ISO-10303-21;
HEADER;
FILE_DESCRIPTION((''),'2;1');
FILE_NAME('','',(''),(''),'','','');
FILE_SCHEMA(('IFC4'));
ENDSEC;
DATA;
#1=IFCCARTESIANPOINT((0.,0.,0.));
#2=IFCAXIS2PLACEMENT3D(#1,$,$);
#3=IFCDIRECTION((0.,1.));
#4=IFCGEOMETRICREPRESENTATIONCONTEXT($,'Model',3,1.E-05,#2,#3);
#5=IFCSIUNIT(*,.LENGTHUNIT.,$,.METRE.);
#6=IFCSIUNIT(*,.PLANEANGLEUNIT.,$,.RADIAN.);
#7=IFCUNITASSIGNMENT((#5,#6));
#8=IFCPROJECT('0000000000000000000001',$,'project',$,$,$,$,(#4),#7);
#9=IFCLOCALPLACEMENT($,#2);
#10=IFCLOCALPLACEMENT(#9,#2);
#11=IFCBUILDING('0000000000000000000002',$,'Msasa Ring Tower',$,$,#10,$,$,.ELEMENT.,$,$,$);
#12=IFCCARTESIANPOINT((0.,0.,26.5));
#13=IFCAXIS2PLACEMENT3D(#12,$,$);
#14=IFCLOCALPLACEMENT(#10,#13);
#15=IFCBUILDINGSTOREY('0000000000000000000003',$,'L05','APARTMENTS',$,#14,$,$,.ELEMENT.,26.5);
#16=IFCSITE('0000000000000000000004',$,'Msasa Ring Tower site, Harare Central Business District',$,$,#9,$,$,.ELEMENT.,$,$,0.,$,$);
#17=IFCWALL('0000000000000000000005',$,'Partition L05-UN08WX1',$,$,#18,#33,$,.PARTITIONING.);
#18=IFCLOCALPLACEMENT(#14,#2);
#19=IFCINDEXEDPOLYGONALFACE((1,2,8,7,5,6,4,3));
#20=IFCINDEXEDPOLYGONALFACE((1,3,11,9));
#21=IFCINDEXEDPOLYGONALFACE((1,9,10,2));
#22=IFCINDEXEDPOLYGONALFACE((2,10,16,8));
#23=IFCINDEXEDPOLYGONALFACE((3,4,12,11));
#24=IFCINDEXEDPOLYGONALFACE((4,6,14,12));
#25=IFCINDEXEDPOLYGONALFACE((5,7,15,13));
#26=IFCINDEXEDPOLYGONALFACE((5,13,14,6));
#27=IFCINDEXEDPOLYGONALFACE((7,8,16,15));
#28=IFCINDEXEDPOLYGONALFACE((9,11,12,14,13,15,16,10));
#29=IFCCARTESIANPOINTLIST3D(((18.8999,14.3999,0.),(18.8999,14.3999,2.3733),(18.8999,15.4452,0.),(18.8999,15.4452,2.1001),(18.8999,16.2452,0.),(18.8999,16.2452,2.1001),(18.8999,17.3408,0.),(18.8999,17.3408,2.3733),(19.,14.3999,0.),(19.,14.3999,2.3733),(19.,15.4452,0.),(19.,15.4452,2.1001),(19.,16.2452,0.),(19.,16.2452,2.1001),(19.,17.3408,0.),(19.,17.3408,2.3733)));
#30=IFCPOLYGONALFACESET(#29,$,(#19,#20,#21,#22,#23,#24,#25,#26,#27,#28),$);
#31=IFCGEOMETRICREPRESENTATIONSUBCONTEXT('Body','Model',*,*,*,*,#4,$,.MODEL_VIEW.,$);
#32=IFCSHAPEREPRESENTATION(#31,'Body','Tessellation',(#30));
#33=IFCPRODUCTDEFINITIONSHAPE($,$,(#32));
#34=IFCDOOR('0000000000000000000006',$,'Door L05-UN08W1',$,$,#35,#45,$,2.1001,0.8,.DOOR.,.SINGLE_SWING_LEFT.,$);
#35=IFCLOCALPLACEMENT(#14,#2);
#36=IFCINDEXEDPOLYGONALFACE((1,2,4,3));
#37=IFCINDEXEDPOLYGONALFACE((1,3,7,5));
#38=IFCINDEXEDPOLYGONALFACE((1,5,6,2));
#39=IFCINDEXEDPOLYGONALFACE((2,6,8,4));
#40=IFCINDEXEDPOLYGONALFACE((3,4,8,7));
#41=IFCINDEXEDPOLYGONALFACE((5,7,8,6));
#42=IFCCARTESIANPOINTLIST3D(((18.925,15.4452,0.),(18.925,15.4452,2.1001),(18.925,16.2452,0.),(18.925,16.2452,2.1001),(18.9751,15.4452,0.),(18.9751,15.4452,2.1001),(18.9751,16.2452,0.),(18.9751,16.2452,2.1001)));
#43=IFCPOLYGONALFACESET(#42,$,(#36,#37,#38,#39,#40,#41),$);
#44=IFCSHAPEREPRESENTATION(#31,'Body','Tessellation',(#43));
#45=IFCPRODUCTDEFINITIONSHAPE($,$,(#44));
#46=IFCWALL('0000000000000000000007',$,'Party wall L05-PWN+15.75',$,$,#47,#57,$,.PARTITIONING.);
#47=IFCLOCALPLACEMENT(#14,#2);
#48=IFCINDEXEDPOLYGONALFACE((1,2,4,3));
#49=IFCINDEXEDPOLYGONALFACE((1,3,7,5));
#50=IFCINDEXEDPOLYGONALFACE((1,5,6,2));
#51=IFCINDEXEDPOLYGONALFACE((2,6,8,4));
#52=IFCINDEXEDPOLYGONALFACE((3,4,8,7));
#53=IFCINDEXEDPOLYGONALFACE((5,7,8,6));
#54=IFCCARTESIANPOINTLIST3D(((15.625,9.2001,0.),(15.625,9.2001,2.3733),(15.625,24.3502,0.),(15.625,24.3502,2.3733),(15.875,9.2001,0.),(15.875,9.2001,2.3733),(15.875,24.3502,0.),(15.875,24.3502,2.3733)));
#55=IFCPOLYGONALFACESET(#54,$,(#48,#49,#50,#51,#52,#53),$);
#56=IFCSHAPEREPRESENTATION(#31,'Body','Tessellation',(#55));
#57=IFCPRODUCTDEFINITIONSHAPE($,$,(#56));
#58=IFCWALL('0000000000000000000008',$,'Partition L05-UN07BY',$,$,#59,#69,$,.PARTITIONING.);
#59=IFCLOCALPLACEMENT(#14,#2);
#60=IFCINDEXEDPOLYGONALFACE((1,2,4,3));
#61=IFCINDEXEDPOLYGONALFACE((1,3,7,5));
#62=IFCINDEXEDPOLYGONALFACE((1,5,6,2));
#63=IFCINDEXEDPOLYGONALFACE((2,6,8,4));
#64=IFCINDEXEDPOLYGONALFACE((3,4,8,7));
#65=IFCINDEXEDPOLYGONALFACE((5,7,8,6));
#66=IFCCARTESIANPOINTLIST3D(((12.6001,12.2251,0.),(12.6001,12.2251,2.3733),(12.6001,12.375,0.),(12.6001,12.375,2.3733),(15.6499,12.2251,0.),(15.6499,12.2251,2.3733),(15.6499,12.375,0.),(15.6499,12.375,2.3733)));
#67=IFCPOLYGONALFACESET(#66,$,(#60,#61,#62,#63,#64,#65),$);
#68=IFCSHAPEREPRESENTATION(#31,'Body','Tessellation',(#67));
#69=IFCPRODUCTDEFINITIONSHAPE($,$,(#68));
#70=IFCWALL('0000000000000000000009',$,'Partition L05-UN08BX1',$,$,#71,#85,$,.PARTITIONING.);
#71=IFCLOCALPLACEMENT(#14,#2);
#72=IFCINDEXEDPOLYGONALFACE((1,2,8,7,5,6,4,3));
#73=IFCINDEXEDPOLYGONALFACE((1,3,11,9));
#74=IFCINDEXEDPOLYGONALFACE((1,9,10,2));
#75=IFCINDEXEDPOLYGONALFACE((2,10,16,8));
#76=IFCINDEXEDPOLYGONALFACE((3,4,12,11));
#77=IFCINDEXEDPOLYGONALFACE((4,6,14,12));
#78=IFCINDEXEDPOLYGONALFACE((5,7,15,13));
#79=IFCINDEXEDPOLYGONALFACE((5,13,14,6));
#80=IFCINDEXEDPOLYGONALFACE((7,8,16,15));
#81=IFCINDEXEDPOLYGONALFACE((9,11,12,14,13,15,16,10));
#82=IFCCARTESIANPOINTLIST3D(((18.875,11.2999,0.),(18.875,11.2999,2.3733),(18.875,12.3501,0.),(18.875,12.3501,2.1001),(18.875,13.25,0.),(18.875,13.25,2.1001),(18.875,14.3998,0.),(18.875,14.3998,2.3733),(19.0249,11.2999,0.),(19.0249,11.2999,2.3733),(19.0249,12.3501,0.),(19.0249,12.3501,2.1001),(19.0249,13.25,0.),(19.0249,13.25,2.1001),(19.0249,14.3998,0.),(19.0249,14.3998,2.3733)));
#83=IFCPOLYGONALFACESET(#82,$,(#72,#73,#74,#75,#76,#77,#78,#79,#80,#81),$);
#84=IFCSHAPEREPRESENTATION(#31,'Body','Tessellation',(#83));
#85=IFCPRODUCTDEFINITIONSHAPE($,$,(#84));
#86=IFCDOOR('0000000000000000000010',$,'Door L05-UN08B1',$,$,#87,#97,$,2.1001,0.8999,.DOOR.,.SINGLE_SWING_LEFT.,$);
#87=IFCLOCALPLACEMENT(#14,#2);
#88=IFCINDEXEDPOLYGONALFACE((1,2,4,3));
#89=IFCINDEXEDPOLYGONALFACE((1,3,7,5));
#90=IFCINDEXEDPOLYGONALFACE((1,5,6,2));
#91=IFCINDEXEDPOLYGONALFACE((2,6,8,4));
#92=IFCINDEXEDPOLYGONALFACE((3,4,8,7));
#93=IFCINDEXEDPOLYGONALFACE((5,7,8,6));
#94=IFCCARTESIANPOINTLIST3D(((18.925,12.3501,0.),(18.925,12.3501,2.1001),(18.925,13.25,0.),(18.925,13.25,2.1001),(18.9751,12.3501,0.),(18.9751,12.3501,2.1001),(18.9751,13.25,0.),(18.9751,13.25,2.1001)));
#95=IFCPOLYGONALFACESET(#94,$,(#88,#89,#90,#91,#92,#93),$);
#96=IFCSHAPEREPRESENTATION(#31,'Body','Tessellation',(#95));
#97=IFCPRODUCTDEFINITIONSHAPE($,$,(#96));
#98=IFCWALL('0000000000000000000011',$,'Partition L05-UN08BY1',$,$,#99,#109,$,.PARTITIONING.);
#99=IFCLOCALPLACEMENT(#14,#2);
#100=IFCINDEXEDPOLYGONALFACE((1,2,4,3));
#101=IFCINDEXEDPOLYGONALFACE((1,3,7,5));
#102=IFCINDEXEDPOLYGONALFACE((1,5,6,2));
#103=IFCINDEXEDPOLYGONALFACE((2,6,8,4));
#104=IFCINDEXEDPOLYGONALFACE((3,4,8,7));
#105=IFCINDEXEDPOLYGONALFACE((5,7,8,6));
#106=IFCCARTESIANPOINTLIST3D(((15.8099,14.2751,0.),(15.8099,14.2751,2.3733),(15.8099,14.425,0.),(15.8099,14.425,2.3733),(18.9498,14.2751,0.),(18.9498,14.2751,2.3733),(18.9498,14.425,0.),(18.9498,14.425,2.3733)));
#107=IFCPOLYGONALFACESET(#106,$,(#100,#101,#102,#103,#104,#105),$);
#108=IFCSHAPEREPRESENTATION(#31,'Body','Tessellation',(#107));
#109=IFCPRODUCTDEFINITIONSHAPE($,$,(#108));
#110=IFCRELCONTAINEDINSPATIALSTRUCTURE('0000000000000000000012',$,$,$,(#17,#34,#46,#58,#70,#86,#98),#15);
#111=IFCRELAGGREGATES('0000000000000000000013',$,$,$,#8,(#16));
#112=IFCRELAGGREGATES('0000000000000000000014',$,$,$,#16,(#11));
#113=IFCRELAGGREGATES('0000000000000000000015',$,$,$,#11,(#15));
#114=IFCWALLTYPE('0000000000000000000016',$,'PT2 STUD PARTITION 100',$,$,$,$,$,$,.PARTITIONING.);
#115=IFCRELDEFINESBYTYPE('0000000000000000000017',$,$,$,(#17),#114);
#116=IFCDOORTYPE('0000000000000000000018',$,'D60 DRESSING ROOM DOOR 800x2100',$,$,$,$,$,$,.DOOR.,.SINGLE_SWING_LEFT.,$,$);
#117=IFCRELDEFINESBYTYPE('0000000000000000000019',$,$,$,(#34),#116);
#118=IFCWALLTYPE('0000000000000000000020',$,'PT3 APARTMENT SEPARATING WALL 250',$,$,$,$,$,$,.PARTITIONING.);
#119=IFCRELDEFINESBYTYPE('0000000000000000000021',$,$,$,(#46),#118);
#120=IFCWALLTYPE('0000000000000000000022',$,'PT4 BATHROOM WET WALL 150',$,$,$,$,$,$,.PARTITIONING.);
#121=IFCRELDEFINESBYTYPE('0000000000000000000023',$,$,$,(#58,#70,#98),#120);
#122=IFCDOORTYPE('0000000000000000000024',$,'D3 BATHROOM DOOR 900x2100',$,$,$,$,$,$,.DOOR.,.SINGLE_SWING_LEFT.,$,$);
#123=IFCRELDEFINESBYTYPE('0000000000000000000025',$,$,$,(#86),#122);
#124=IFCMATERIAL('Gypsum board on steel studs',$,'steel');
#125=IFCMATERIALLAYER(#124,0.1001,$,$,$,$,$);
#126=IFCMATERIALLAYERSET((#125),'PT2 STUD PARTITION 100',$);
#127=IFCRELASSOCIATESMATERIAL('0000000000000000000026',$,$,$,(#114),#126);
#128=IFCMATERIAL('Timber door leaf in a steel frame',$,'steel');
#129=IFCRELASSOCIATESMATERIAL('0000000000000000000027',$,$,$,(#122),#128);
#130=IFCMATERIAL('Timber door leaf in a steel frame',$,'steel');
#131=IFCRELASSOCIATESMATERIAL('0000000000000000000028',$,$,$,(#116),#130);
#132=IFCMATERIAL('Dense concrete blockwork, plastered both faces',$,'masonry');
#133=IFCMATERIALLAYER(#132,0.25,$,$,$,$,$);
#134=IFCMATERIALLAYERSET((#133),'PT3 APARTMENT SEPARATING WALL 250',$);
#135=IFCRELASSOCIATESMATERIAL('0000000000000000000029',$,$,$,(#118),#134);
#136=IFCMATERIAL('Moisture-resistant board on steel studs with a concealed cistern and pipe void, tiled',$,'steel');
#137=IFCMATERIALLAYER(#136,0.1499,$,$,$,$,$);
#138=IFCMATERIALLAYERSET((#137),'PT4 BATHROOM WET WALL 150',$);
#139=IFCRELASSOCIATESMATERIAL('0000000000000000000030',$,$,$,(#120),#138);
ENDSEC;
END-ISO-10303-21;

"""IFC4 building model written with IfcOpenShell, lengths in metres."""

from ifc_helpers import new_model, si_unit, direction, frame, frame_2d, origin, place, context, subcontext, project, spatial, rectangle, extrude, material, layer, layer_set, type_object, element, fill, save


model = new_model("IFC4")

# Units and contexts
model_context = context("Model", 3, precision=1e-05, world=origin(), true_north=direction((0.0, 1.0)))
body_context = subcontext(model_context, "Body", "Model", "MODEL_VIEW")
ifc_project = project(units=[si_unit("LENGTHUNIT", "METRE"), si_unit("PLANEANGLEUNIT", "RADIAN")], contexts=[model_context])

# Site, building, storey
site_placement = place(None, origin())
site = spatial("IfcSite", under=ifc_project, at=site_placement, Name="Msasa Ring Tower site, Harare Central Business District", CompositionType="ELEMENT", RefElevation=0.0)
building_placement = place(site_placement, origin())
building = spatial("IfcBuilding", under=site, at=building_placement, Name="Msasa Ring Tower", CompositionType="ELEMENT")
storey_placement = place(building_placement, frame((0.0, 0.0, 26.5)))
storey = spatial("IfcBuildingStorey", under=building, at=storey_placement, Name="L05", Description="APARTMENTS", CompositionType="ELEMENT", Elevation=26.5)

# Shared definitions
ifc_material_1 = material(Name="Gypsum board on steel studs", Category="steel")
ifc_layer_1 = layer(ifc_material_1, 0.1001)
ifc_layer_set_1 = layer_set([ifc_layer_1], Name="PT2 STUD PARTITION 100")
wall_type_1 = type_object("IfcWallType", Name="PT2 STUD PARTITION 100", PredefinedType="PARTITIONING", material=ifc_layer_set_1)

# Shared definitions
ifc_material_2 = material(Name="Timber door leaf in a steel frame", Category="steel")
door_type_1 = type_object("IfcDoorType", Name="D3 BATHROOM DOOR 900x2100", OperationType="SINGLE_SWING_LEFT", PredefinedType="DOOR", material=ifc_material_2)

# Wall, opening, door
wall_1_placement = place(storey_placement, frame((18.95, 14.3999, 0.0), z_axis=(0.0, 0.0, 1.0), x_axis=(0.0, 1.0, 0.0)))
wall_1 = element("IfcWall", 1, at=wall_1_placement, inside=storey, type_object=wall_type_1, Name="Partition L05-UN08WX1", PredefinedType="PARTITIONING", context=body_context, shape_type="SweptSolid", body=[
    extrude(rectangle(XDim=2.9409, YDim=0.1001, at=frame_2d((1.4705, 0.0))), origin(), (0.0, 0.0, 1.0), 2.3733),
])
opening_1_placement = place(wall_1_placement, frame((1.0454, 0.0, 0.0)))
opening_1 = element("IfcOpeningElement", 2, at=opening_1_placement, cuts=wall_1, PredefinedType="OPENING", context=body_context, shape_type="SweptSolid", body=[
    extrude(rectangle(XDim=0.8, YDim=2.1001, at=frame_2d((0.3999, 1.05))), frame((0.0, 0.0601, 0.0), z_axis=(0.0, -1.0, 0.0), x_axis=(1.0, 0.0, 0.0)), (0.0, 0.0, 1.0), 0.1201),
])
ifc_material_3 = material(Name="Timber door leaf in a steel frame", Category="steel")
door_type_2 = type_object("IfcDoorType", Name="D60 DRESSING ROOM DOOR 800x2100", OperationType="SINGLE_SWING_LEFT", PredefinedType="DOOR", material=ifc_material_3)
door_1_placement = place(opening_1_placement, origin())
door_1 = element("IfcDoor", 3, at=door_1_placement, inside=storey, type_object=door_type_2, Name="Door L05-UN08W1", OperationType="SINGLE_SWING_LEFT", OverallHeight=2.1001, OverallWidth=0.8, PredefinedType="DOOR", context=body_context, shape_type="SweptSolid", body=[
    extrude(rectangle(XDim=0.8, YDim=2.1001, at=frame_2d((0.3999, 1.05))), frame((0.0, 0.0249, 0.0), z_axis=(0.0, -1.0, 0.0), x_axis=(1.0, 0.0, 0.0)), (0.0, 0.0, 1.0), 0.05),
])
fill(opening_1, door_1)

# Walls
ifc_material_4 = material(Name="Dense concrete blockwork, plastered both faces", Category="masonry")
ifc_layer_2 = layer(ifc_material_4, 0.25)
ifc_layer_set_2 = layer_set([ifc_layer_2], Name="PT3 APARTMENT SEPARATING WALL 250")
wall_type_2 = type_object("IfcWallType", Name="PT3 APARTMENT SEPARATING WALL 250", PredefinedType="PARTITIONING", material=ifc_layer_set_2)
wall_2_placement = place(storey_placement, frame((15.75, 9.2, 0.0), z_axis=(0.0, 0.0, 1.0), x_axis=(0.0, 1.0, 0.0)))
element("IfcWall", 4, at=wall_2_placement, inside=storey, type_object=wall_type_2, Name="Party wall L05-PWN+15.75", PredefinedType="PARTITIONING", context=body_context, shape_type="SweptSolid", body=[
    extrude(rectangle(XDim=15.1501, YDim=0.25, at=frame_2d((7.5752, 0.0))), origin(), (0.0, 0.0, 1.0), 2.3733),
])
ifc_material_5 = material(Name="Moisture-resistant board on steel studs with a concealed cistern and pipe void, tiled", Category="steel")
ifc_layer_3 = layer(ifc_material_5, 0.1499)
ifc_layer_set_3 = layer_set([ifc_layer_3], Name="PT4 BATHROOM WET WALL 150")
wall_type_3 = type_object("IfcWallType", Name="PT4 BATHROOM WET WALL 150", PredefinedType="PARTITIONING", material=ifc_layer_set_3)
wall_3_placement = place(storey_placement, frame((12.6001, 12.3, 0.0), z_axis=(0.0, 0.0, 1.0), x_axis=(1.0, 0.0, 0.0)))
element("IfcWall", 5, at=wall_3_placement, inside=storey, type_object=wall_type_3, Name="Partition L05-UN07BY", PredefinedType="PARTITIONING", context=body_context, shape_type="SweptSolid", body=[
    extrude(rectangle(XDim=3.0498, YDim=0.1499, at=frame_2d((1.5249, 0.0))), origin(), (0.0, 0.0, 1.0), 2.3733),
])

# Wall, opening, door
wall_4_placement = place(storey_placement, frame((18.95, 11.3, 0.0), z_axis=(0.0, 0.0, 1.0), x_axis=(0.0, 1.0, 0.0)))
wall_4 = element("IfcWall", 6, at=wall_4_placement, inside=storey, type_object=wall_type_3, Name="Partition L05-UN08BX1", PredefinedType="PARTITIONING", context=body_context, shape_type="SweptSolid", body=[
    extrude(rectangle(XDim=3.0999, YDim=0.1499, at=frame_2d((1.5498, 0.0))), origin(), (0.0, 0.0, 1.0), 2.3733),
])
opening_2_placement = place(wall_4_placement, frame((1.05, 0.0, 0.0)))
opening_2 = element("IfcOpeningElement", 7, at=opening_2_placement, cuts=wall_4, PredefinedType="OPENING", context=body_context, shape_type="SweptSolid", body=[
    extrude(rectangle(XDim=0.8999, YDim=2.1001, at=frame_2d((0.45, 1.05))), frame((0.0, 0.085, 0.0), z_axis=(0.0, -1.0, 0.0), x_axis=(1.0, 0.0, 0.0)), (0.0, 0.0, 1.0), 0.1699),
])
door_2_placement = place(opening_2_placement, origin())
door_2 = element("IfcDoor", 8, at=door_2_placement, inside=storey, type_object=door_type_1, Name="Door L05-UN08B1", OperationType="SINGLE_SWING_LEFT", OverallHeight=2.1001, OverallWidth=0.8999, PredefinedType="DOOR", context=body_context, shape_type="SweptSolid", body=[
    extrude(rectangle(XDim=0.8999, YDim=2.1001, at=frame_2d((0.45, 1.05))), frame((0.0, 0.0249, 0.0), z_axis=(0.0, -1.0, 0.0), x_axis=(1.0, 0.0, 0.0)), (0.0, 0.0, 1.0), 0.05),
])
fill(opening_2, door_2)

# Wall
wall_5_placement = place(storey_placement, frame((15.8101, 14.3501, 0.0), z_axis=(0.0, 0.0, 1.0), x_axis=(1.0, 0.0, 0.0)))
element("IfcWall", 9, at=wall_5_placement, inside=storey, type_object=wall_type_3, Name="Partition L05-UN08BY1", PredefinedType="PARTITIONING", context=body_context, shape_type="SweptSolid", body=[
    extrude(rectangle(XDim=3.1399, YDim=0.1499, at=frame_2d((1.5698, 0.0))), origin(), (0.0, 0.0, 1.0), 2.3733),
])

save(model, "model.ifc")
